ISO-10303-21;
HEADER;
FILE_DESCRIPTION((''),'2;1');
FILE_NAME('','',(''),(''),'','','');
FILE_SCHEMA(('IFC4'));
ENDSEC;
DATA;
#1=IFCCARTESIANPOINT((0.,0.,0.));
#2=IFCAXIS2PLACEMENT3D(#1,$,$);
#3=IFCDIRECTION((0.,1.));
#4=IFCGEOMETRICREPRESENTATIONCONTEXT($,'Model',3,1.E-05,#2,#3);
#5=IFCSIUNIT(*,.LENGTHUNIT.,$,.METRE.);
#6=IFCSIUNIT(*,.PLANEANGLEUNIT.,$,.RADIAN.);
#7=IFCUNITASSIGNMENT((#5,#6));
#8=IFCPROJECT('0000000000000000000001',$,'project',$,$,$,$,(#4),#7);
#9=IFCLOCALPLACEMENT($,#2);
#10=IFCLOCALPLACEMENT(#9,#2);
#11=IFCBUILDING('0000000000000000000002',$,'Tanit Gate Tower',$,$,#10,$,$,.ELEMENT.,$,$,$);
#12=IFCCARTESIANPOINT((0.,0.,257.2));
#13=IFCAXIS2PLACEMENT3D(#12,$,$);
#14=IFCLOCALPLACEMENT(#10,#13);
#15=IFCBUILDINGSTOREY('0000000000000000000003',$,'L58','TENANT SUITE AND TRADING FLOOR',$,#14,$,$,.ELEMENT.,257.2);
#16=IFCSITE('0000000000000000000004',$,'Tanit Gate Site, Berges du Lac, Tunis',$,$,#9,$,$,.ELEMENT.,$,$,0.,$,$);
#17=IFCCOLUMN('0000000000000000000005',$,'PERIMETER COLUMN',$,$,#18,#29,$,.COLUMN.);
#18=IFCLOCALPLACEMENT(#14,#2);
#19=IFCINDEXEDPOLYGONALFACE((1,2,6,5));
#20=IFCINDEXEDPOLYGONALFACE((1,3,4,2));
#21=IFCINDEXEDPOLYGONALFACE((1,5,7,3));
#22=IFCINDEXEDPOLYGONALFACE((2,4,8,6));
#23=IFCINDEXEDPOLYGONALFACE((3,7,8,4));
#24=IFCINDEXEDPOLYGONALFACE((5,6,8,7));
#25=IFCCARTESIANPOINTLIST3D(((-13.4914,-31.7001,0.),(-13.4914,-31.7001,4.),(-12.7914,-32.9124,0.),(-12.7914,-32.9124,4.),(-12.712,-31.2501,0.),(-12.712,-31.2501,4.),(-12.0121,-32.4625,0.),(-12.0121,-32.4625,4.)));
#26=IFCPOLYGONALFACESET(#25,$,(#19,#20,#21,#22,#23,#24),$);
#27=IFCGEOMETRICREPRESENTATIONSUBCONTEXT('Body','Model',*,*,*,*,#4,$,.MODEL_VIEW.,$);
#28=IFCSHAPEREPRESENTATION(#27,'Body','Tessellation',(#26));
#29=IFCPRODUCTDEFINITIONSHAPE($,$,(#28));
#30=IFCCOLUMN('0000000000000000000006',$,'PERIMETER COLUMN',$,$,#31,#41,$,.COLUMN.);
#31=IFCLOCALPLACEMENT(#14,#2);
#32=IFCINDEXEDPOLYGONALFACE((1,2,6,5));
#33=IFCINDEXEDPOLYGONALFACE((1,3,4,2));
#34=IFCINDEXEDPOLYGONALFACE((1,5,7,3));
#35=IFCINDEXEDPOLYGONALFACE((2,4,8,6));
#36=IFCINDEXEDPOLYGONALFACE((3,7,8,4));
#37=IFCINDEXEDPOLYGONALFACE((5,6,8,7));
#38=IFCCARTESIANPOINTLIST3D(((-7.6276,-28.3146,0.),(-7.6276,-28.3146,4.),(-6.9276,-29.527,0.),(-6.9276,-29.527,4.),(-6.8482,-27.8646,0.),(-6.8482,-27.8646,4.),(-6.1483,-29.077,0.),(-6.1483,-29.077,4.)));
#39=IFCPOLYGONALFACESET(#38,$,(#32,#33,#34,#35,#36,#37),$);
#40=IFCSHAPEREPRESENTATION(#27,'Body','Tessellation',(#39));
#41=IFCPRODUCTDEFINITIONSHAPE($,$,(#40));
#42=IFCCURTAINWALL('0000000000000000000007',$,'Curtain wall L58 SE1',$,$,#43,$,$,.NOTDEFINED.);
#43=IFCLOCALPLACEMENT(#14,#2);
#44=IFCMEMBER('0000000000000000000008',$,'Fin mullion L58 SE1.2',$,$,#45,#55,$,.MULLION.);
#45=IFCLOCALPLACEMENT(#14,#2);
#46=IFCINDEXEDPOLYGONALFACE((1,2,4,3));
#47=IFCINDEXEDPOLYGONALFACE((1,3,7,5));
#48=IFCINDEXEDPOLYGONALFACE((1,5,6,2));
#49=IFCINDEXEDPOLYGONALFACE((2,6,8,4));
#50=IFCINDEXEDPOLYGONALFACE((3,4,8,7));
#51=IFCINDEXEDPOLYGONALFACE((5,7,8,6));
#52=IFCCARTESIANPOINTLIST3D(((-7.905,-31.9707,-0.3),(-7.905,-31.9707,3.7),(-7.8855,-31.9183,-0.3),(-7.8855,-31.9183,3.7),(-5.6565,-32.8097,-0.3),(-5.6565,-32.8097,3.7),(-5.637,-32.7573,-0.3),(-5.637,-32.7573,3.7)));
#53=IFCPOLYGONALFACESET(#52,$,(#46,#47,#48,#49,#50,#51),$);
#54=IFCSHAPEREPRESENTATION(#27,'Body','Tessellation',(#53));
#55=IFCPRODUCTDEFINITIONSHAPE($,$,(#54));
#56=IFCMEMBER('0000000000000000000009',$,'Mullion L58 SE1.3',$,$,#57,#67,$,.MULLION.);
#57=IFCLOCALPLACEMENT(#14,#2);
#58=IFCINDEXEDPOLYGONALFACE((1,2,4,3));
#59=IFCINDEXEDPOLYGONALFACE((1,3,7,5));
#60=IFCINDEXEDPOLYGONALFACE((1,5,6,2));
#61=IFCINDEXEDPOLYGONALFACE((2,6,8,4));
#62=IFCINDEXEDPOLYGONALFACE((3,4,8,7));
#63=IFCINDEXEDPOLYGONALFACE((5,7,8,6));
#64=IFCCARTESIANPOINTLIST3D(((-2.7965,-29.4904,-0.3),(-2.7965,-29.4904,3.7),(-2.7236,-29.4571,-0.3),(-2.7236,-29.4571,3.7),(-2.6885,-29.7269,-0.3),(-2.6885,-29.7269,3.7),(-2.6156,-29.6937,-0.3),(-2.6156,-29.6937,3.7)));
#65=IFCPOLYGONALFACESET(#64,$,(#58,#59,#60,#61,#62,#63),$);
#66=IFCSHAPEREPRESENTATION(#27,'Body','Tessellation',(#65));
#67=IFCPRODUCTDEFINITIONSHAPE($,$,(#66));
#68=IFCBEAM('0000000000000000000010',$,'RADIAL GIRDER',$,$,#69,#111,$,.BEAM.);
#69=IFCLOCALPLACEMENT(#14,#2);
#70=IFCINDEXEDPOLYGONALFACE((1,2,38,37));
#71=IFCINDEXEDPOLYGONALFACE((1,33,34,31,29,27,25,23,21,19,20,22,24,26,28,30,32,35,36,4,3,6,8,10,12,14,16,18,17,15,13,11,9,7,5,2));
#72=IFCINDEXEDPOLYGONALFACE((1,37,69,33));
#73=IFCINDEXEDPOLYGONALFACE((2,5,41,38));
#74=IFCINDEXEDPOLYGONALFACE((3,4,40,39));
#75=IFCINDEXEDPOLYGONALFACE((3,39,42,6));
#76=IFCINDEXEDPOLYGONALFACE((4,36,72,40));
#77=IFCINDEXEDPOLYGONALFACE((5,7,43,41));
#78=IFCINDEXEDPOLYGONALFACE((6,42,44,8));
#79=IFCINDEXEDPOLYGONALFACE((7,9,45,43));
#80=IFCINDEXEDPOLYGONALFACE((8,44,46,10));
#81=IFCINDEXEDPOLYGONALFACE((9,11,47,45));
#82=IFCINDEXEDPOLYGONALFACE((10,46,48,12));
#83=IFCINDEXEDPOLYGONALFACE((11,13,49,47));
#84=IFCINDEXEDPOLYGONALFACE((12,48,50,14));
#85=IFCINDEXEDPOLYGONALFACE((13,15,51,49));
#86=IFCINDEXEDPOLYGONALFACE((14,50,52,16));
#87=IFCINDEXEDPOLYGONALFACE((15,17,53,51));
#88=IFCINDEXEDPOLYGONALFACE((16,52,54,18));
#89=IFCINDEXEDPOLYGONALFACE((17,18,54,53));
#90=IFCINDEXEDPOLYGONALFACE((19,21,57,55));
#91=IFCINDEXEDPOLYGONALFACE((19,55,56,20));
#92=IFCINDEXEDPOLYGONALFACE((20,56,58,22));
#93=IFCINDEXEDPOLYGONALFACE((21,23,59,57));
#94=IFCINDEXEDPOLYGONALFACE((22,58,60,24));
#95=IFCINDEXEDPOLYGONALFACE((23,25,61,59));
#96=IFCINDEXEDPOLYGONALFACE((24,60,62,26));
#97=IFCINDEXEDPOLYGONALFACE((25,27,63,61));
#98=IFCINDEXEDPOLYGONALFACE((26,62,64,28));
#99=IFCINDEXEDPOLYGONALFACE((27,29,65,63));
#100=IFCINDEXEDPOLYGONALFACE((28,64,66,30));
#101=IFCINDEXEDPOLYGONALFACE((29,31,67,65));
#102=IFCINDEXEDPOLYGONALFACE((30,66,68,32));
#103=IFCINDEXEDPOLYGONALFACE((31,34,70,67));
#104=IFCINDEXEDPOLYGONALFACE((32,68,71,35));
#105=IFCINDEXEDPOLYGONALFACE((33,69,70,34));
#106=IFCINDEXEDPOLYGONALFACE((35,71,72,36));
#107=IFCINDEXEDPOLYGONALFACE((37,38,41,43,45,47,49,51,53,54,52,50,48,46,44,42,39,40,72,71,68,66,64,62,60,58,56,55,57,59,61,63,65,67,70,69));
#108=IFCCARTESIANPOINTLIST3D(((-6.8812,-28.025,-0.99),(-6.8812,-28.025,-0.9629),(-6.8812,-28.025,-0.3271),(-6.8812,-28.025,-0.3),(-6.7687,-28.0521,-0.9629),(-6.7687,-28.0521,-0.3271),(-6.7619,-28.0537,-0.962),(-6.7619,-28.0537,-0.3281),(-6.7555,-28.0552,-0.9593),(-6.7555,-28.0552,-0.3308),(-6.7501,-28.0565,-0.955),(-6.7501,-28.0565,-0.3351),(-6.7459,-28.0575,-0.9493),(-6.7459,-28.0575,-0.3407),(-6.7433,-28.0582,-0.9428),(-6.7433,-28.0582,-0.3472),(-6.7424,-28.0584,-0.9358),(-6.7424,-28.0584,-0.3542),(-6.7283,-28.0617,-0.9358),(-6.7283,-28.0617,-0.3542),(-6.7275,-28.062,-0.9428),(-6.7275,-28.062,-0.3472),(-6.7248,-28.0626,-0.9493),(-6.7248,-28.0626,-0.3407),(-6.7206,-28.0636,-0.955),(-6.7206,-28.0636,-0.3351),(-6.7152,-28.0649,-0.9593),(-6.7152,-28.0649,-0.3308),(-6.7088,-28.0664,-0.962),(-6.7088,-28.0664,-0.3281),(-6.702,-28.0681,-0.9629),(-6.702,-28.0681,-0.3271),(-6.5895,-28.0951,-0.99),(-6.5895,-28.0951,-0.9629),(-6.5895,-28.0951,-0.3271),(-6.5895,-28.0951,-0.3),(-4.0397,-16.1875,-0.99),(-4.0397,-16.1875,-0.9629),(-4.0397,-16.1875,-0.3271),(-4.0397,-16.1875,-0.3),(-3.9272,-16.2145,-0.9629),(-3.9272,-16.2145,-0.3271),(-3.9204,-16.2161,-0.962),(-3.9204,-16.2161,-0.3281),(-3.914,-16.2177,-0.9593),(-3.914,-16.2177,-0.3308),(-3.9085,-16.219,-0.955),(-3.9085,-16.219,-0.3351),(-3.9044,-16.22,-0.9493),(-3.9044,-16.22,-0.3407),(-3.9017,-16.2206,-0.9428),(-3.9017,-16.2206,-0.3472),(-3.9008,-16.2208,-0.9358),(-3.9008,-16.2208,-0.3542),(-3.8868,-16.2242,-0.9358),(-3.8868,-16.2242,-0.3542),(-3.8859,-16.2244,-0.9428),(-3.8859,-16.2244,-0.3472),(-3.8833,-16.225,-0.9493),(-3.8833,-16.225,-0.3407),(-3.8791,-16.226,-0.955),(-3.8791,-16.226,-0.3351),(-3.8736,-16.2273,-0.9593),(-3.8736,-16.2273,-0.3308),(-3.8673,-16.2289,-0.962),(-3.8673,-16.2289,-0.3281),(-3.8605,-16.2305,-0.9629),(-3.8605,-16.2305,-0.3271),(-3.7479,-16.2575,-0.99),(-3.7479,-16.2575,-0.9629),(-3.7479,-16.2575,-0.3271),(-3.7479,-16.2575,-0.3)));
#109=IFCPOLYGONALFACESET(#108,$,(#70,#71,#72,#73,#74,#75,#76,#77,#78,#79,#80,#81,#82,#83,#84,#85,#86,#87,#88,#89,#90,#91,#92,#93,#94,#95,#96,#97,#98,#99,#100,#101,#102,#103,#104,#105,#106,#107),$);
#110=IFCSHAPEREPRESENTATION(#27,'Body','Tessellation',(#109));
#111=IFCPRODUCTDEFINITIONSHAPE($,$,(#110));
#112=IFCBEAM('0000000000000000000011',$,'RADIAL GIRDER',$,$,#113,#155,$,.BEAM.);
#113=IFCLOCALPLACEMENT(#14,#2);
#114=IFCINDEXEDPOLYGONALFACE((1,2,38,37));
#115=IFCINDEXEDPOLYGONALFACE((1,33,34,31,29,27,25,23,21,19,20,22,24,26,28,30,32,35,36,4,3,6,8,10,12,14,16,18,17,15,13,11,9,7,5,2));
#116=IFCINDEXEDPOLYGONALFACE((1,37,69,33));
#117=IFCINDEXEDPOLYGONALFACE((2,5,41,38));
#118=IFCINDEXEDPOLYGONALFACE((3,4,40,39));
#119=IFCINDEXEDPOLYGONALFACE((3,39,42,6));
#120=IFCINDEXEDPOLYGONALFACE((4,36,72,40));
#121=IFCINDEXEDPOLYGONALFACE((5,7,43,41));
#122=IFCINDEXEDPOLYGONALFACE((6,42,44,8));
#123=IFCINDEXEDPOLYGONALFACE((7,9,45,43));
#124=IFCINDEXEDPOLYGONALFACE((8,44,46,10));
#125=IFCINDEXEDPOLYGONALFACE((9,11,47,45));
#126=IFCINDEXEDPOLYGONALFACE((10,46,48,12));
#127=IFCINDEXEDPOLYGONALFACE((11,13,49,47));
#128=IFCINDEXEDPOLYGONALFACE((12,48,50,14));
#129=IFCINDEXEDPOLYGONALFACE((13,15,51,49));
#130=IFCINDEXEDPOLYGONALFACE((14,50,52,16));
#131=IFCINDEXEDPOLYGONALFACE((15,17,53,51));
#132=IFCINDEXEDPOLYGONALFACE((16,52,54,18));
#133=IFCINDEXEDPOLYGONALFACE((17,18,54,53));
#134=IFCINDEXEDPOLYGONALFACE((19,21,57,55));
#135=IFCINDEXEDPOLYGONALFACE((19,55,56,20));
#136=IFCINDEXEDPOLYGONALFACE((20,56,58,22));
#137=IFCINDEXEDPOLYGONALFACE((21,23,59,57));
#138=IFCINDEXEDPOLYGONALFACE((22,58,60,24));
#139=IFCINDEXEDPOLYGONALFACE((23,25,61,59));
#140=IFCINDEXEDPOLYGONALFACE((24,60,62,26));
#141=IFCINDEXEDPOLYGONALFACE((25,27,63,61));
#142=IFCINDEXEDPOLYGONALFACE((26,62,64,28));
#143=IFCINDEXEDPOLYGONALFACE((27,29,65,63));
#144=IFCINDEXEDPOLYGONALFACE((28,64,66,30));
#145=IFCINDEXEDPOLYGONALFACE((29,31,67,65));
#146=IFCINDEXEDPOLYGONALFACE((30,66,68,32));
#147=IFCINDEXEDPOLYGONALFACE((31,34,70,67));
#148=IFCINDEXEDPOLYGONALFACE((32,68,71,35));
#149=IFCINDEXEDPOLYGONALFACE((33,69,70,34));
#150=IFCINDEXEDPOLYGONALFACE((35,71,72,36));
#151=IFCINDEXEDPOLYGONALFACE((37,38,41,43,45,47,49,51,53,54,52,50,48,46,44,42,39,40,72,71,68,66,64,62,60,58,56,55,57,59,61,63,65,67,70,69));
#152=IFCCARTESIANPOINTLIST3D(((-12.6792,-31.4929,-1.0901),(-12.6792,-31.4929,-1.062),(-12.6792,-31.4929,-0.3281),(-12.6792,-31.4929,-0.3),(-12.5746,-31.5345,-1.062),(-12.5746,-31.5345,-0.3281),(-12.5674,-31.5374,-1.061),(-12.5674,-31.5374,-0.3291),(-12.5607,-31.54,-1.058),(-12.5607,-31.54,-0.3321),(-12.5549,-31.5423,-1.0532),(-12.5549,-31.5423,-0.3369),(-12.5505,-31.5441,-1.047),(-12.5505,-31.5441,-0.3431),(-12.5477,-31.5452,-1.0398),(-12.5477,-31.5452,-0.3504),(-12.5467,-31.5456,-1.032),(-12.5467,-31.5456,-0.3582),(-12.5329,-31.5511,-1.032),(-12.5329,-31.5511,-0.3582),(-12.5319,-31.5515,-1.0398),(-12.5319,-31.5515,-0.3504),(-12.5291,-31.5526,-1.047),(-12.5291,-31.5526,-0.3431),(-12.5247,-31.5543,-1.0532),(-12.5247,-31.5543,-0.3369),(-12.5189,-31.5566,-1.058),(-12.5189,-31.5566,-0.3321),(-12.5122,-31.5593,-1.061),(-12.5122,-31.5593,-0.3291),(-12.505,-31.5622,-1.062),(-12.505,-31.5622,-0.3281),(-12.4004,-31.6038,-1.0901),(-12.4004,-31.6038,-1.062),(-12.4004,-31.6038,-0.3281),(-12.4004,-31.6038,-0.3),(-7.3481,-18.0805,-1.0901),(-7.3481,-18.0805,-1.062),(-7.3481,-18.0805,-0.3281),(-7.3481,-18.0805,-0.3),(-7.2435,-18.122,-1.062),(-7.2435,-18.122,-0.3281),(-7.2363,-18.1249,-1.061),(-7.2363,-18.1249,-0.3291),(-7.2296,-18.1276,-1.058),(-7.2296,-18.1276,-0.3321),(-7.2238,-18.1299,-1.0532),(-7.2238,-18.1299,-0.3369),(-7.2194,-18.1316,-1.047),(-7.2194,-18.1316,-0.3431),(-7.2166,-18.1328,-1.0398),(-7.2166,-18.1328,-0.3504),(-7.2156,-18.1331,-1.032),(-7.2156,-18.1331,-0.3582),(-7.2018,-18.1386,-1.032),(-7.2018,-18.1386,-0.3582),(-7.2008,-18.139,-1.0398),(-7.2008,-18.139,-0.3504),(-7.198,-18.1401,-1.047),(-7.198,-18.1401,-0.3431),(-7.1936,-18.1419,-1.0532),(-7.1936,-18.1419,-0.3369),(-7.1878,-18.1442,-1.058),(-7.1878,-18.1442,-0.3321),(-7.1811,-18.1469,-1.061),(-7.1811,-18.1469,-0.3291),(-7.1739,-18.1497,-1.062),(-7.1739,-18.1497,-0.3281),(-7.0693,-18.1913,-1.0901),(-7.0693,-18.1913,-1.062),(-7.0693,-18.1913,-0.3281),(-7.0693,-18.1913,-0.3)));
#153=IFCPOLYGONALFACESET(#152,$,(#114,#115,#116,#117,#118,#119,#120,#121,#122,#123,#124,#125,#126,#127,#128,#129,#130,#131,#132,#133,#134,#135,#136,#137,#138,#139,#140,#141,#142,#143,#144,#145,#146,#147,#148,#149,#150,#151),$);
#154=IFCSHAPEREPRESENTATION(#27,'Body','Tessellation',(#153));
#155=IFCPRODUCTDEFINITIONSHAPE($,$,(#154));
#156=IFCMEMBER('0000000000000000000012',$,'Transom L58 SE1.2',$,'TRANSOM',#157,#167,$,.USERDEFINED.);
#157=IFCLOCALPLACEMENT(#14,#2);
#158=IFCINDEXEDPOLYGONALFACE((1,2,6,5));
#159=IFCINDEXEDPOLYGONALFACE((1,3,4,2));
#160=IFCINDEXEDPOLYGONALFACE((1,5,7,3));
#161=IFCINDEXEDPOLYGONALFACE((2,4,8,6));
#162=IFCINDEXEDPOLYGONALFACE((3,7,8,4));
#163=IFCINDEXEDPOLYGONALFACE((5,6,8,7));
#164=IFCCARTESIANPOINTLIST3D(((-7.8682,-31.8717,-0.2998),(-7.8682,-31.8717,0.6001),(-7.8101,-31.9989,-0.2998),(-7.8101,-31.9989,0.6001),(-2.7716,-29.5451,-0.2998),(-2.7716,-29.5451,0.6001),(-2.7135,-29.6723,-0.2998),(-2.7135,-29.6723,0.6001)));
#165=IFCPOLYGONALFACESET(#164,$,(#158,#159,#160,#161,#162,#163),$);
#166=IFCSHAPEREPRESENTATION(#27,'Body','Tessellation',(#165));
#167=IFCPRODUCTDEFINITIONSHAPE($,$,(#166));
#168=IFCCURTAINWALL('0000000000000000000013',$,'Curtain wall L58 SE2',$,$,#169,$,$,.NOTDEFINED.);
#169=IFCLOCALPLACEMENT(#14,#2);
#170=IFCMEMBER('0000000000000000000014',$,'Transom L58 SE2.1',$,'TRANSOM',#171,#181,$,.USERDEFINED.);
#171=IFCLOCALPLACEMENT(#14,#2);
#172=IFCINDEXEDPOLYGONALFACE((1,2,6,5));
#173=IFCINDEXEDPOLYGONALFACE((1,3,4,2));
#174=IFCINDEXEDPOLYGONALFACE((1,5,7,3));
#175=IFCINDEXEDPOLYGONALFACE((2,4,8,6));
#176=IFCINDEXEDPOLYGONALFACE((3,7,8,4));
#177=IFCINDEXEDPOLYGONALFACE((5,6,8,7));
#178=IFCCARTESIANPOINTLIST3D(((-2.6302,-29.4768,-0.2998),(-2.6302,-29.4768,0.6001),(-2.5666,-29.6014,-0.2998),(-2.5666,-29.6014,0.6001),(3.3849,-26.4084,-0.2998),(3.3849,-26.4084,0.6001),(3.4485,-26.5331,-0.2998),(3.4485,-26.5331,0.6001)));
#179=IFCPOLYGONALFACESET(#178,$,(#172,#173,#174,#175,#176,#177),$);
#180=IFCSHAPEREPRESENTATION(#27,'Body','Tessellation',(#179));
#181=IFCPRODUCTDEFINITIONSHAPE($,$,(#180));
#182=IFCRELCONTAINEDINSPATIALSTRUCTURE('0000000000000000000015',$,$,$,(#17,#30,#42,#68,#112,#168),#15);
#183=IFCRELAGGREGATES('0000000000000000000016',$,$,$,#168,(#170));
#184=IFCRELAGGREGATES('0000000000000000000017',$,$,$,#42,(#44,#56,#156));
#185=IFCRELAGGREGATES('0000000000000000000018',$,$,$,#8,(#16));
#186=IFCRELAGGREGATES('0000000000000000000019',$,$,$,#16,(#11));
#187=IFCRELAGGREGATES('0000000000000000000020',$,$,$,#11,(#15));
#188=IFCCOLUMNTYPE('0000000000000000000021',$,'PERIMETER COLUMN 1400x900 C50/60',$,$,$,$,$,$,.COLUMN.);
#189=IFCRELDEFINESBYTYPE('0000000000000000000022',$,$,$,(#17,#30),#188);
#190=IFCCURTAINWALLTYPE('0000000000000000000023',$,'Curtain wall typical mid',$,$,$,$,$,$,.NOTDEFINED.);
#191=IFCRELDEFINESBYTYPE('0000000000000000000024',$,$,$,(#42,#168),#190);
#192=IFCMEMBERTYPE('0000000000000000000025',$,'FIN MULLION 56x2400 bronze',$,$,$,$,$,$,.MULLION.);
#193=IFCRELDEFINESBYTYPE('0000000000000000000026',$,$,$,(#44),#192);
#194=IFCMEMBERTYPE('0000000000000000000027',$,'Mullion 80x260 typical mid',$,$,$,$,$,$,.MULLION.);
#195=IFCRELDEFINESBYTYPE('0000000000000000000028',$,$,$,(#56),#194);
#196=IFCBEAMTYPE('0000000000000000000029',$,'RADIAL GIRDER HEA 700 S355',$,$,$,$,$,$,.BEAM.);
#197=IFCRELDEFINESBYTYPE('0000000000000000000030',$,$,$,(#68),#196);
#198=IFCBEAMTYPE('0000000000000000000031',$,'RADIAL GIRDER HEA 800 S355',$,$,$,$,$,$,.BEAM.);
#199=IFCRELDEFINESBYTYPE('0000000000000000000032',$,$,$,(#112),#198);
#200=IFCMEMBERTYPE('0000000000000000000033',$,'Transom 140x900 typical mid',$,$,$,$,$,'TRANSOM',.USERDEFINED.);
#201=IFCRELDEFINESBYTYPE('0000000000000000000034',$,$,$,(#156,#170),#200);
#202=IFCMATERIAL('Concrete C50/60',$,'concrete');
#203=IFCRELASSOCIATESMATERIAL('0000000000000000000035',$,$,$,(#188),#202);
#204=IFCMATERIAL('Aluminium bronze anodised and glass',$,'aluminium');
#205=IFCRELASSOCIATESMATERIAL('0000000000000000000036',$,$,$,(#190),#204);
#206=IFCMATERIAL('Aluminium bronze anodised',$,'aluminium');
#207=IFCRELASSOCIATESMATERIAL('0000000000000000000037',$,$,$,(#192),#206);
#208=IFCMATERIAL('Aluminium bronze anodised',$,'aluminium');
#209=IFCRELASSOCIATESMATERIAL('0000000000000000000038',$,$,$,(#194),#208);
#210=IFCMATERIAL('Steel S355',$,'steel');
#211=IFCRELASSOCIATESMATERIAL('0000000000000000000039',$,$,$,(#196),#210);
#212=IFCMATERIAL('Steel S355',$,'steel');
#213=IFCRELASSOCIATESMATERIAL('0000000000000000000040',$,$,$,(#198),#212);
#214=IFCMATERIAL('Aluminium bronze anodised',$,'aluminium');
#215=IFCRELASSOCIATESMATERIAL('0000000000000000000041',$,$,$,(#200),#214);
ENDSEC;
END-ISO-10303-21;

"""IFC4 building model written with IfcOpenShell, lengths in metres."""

from ifc_helpers import new_model, si_unit, direction, frame, origin, origin_2d, place, context, subcontext, project, spatial, rectangle, i_section, extrude, material, material_profile, profile_set, type_object, element, aggregate, save


model = new_model("IFC4")

# Units and contexts
model_context = context("Model", 3, precision=1e-05, world=origin(), true_north=direction((0.0, 1.0)))
body_context = subcontext(model_context, "Body", "Model", "MODEL_VIEW")
ifc_project = project(units=[si_unit("LENGTHUNIT", "METRE"), si_unit("PLANEANGLEUNIT", "RADIAN")], contexts=[model_context])

# Site, building, storey
site_placement = place(None, origin())
site = spatial("IfcSite", under=ifc_project, at=site_placement, Name="Tanit Gate Site, Berges du Lac, Tunis", CompositionType="ELEMENT", RefElevation=0.0)
building_placement = place(site_placement, origin())
building = spatial("IfcBuilding", under=site, at=building_placement, Name="Tanit Gate Tower", CompositionType="ELEMENT")
storey_placement = place(building_placement, frame((0.0, 0.0, 257.2)))
storey = spatial("IfcBuildingStorey", under=building, at=storey_placement, Name="L58", Description="TENANT SUITE AND TRADING FLOOR", CompositionType="ELEMENT", Elevation=257.2)

# Columns
ifc_material_1 = material(Name="Concrete C50/60", Category="concrete")
ifc_material_profile_1 = material_profile(ifc_material_1, rectangle(XDim=1.3999, YDim=0.8999, at=origin_2d()), Name="RC 1400x900")
ifc_profile_set_1 = profile_set([ifc_material_profile_1], Name="Concrete C50/60")
column_type = type_object("IfcColumnType", Name="PERIMETER COLUMN 1400x900 C50/60", PredefinedType="COLUMN", material=ifc_profile_set_1)
for number, where, z_axis, x_axis, name in (
    (1, (-12.7517, -32.0813, 0.0), (0.0, 0.0, 1.0), (0.5, -0.866025, 0.0), "PERIMETER COLUMN"),
    (2, (-6.8879, -28.6958, 0.0), (0.0, 0.0, 1.0), (0.5, -0.866025, 0.0), "PERIMETER COLUMN"),
):
    element("IfcColumn", number, at=place(storey_placement, frame(where, z_axis=z_axis, x_axis=x_axis)), inside=storey, type_object=column_type, Name=name, PredefinedType="COLUMN", context=body_context, shape_type="SweptSolid", body=[
        extrude(rectangle(XDim=1.3999, YDim=0.8999, at=origin_2d()), origin(), (0.0, 0.0, 1.0), 4.0),
    ])

# Curtain wall, members
ifc_material_2 = material(Name="Aluminium bronze anodised and glass", Category="aluminium")
curtain_wall_type = type_object("IfcCurtainWallType", Name="Curtain wall typical mid", PredefinedType="NOTDEFINED", material=ifc_material_2)
curtain_wall_1_placement = place(storey_placement, origin())
curtain_wall_1 = element("IfcCurtainWall", 3, at=curtain_wall_1_placement, inside=storey, type_object=curtain_wall_type, Name="Curtain wall L58 SE1", PredefinedType="NOTDEFINED")
ifc_material_3 = material(Name="Aluminium bronze anodised", Category="aluminium")
ifc_material_profile_2 = material_profile(ifc_material_3, rectangle(XDim=2.3999, YDim=0.0559, at=origin_2d()), Name="56x2400 bronze fin mullion")
ifc_profile_set_2 = profile_set([ifc_material_profile_2], Name="Aluminium bronze anodised")
member_type_1 = type_object("IfcMemberType", Name="FIN MULLION 56x2400 bronze", PredefinedType="MULLION", material=ifc_profile_set_2)
member_1_placement = place(storey_placement, frame((-6.771, -32.364, -0.3), z_axis=(0.0, 0.0, 1.0), x_axis=(-0.936905, 0.349583, 0.0)))
member_1 = element("IfcMember", 4, at=member_1_placement, type_object=member_type_1, Name="Fin mullion L58 SE1.2", PredefinedType="MULLION", context=body_context, shape_type="SweptSolid", body=[
    extrude(rectangle(XDim=2.3999, YDim=0.0559, at=origin_2d()), origin(), (0.0, 0.0, 1.0), 4.0),
])
ifc_material_4 = material(Name="Aluminium bronze anodised", Category="aluminium")
ifc_material_profile_3 = material_profile(ifc_material_4, rectangle(XDim=0.26, YDim=0.0801, at=origin_2d()), Name="80x260 bronze mullion")
ifc_profile_set_3 = profile_set([ifc_material_profile_3], Name="Aluminium bronze anodised")
member_type_2 = type_object("IfcMemberType", Name="Mullion 80x260 typical mid", PredefinedType="MULLION", material=ifc_profile_set_3)
member_2_placement = place(storey_placement, frame((-2.7061, -29.592, -0.3), z_axis=(0.0, 0.0, 1.0), x_axis=(-0.4153, 0.909685, 0.0)))
member_2 = element("IfcMember", 5, at=member_2_placement, type_object=member_type_2, Name="Mullion L58 SE1.3", PredefinedType="MULLION", context=body_context, shape_type="SweptSolid", body=[
    extrude(rectangle(XDim=0.26, YDim=0.0801, at=origin_2d()), origin(), (0.0, 0.0, 1.0), 4.0),
])

# Beams
ifc_material_5 = material(Name="Steel S355", Category="steel")
ifc_material_profile_4 = material_profile(ifc_material_5, i_section(OverallWidth=0.3, OverallDepth=0.6899, WebThickness=0.0144, FlangeThickness=0.0271, FilletRadius=0.0271, at=origin_2d()), Name="HEA 700")
ifc_profile_set_4 = profile_set([ifc_material_profile_4], Name="Steel S355")
beam_type_1 = type_object("IfcBeamType", Name="RADIAL GIRDER HEA 700 S355", PredefinedType="BEAM", material=ifc_profile_set_4)
beam_1_placement = place(storey_placement, frame((-6.7354, -28.0601, -0.645), z_axis=(0.233413, 0.972378, 0.0), x_axis=(-0.972378, 0.233413, 0.0)))
element("IfcBeam", 6, at=beam_1_placement, inside=storey, type_object=beam_type_1, Name="RADIAL GIRDER", PredefinedType="BEAM", context=body_context, shape_type="SweptSolid", body=[
    extrude(i_section(OverallWidth=0.3, OverallDepth=0.6899, WebThickness=0.0144, FlangeThickness=0.0271, FilletRadius=0.0271, at=origin_2d()), origin(), (0.0, 0.0, 1.0), 12.1738),
])
ifc_material_6 = material(Name="Steel S355", Category="steel")
ifc_material_profile_5 = material_profile(ifc_material_6, i_section(OverallWidth=0.3, OverallDepth=0.79, WebThickness=0.0149, FlangeThickness=0.0281, FilletRadius=0.03, at=origin_2d()), Name="HEA 800")
ifc_profile_set_5 = profile_set([ifc_material_profile_5], Name="Steel S355")
beam_type_2 = type_object("IfcBeamType", Name="RADIAL GIRDER HEA 800 S355", PredefinedType="BEAM", material=ifc_profile_set_5)
beam_2_placement = place(storey_placement, frame((-12.5398, -31.5483, -0.6951), z_axis=(0.369366, 0.929284, 0.0), x_axis=(-0.929284, 0.369366, 0.0)))
element("IfcBeam", 7, at=beam_2_placement, inside=storey, type_object=beam_type_2, Name="RADIAL GIRDER", PredefinedType="BEAM", context=body_context, shape_type="SweptSolid", body=[
    extrude(i_section(OverallWidth=0.3, OverallDepth=0.79, WebThickness=0.0149, FlangeThickness=0.0281, FilletRadius=0.03, at=origin_2d()), origin(), (0.0, 0.0, 1.0), 14.4331),
])

# Member
ifc_material_7 = material(Name="Aluminium bronze anodised", Category="aluminium")
ifc_material_profile_6 = material_profile(ifc_material_7, rectangle(XDim=0.1399, YDim=0.8999, at=origin_2d()), Name="140x900 bronze transom")
ifc_profile_set_6 = profile_set([ifc_material_profile_6], Name="Aluminium bronze anodised")
member_type_3 = type_object("IfcMemberType", Name="Transom 140x900 typical mid", ElementType="TRANSOM", PredefinedType="USERDEFINED", material=ifc_profile_set_6)
member_3_placement = place(storey_placement, frame((-7.8391, -31.9353, 0.1501), z_axis=(0.909694, 0.41528, 0.0), x_axis=(-0.41528, 0.909694, 0.0)))
member_3 = element("IfcMember", 8, at=member_3_placement, type_object=member_type_3, Name="Transom L58 SE1.2", ObjectType="TRANSOM", PredefinedType="USERDEFINED", context=body_context, shape_type="SweptSolid", body=[
    extrude(rectangle(XDim=0.1399, YDim=0.8999, at=origin_2d()), origin(), (0.0, 0.0, 1.0), 5.6025),
])

# Curtain wall, member
curtain_wall_2_placement = place(storey_placement, origin())
curtain_wall_2 = element("IfcCurtainWall", 9, at=curtain_wall_2_placement, inside=storey, type_object=curtain_wall_type, Name="Curtain wall L58 SE2", PredefinedType="NOTDEFINED")
member_4_placement = place(storey_placement, frame((-2.5984, -29.5391, 0.1501), z_axis=(0.890797, 0.454401, 0.0), x_axis=(-0.454401, 0.890797, 0.0)))
member_4 = element("IfcMember", 10, at=member_4_placement, type_object=member_type_3, Name="Transom L58 SE2.1", ObjectType="TRANSOM", PredefinedType="USERDEFINED", context=body_context, shape_type="SweptSolid", body=[
    extrude(rectangle(XDim=0.1399, YDim=0.8999, at=origin_2d()), origin(), (0.0, 0.0, 1.0), 6.7524),
])
aggregate(curtain_wall_2, [member_4])

aggregate(curtain_wall_1, [member_1, member_2, member_3])

save(model, "model.ifc")
